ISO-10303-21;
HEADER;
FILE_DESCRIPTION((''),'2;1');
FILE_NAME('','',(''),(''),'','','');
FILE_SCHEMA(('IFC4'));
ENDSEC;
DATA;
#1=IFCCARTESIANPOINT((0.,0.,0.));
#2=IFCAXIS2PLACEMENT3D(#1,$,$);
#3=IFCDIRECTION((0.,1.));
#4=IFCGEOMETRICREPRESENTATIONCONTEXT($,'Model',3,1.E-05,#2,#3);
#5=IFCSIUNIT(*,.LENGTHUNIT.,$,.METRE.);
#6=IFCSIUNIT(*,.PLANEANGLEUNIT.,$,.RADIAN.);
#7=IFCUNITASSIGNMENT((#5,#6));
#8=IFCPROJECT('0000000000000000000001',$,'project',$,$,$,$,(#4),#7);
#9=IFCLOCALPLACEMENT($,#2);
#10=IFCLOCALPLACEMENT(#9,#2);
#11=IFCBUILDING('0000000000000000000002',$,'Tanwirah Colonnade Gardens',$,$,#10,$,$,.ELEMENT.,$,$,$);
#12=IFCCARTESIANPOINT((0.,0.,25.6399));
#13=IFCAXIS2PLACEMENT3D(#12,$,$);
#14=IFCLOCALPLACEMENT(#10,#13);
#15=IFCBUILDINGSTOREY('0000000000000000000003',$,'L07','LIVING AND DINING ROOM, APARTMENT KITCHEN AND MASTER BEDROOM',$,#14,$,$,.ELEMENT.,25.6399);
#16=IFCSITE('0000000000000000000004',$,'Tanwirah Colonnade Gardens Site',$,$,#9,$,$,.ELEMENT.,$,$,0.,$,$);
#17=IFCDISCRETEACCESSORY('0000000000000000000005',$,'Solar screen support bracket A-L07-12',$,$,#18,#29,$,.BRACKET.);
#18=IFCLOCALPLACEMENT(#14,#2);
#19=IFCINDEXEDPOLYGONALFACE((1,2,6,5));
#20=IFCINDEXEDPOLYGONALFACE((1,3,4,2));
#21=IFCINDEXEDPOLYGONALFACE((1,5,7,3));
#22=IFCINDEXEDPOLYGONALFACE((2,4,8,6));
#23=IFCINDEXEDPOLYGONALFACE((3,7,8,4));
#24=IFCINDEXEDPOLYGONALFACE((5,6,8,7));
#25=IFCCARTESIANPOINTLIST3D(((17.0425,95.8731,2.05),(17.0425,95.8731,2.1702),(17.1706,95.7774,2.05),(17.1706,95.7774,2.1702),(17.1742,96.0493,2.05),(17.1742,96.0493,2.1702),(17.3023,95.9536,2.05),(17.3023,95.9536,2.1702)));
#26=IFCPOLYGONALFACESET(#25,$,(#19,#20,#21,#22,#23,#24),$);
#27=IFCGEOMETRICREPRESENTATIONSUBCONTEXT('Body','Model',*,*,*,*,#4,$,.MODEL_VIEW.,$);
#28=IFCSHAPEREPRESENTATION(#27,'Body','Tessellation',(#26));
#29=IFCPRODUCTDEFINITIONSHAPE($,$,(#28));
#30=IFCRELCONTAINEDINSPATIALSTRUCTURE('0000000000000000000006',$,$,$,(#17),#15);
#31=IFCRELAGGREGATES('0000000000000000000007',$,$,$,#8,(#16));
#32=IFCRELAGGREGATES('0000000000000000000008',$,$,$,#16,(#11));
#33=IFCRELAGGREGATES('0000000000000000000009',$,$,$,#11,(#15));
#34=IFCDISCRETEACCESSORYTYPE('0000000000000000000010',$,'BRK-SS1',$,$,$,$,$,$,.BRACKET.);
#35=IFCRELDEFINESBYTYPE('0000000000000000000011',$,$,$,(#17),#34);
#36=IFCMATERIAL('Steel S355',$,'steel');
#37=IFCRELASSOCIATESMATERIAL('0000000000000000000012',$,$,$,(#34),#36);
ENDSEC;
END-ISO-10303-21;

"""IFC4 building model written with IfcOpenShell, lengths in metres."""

from ifc_helpers import new_model, si_unit, direction, frame, origin, origin_2d, place, context, subcontext, project, spatial, rectangle, extrude, material, type_object, element, save


model = new_model("IFC4")

# Units and contexts
model_context = context("Model", 3, precision=1e-05, world=origin(), true_north=direction((0.0, 1.0)))
body_context = subcontext(model_context, "Body", "Model", "MODEL_VIEW")
ifc_project = project(units=[si_unit("LENGTHUNIT", "METRE"), si_unit("PLANEANGLEUNIT", "RADIAN")], contexts=[model_context])

# Site, building, storey
site_placement = place(None, origin())
site = spatial("IfcSite", under=ifc_project, at=site_placement, Name="Tanwirah Colonnade Gardens Site", CompositionType="ELEMENT", RefElevation=0.0)
building_placement = place(site_placement, origin())
building = spatial("IfcBuilding", under=site, at=building_placement, Name="Tanwirah Colonnade Gardens", CompositionType="ELEMENT")
storey_placement = place(building_placement, frame((0.0, 0.0, 25.6399)))
storey = spatial("IfcBuildingStorey", under=building, at=storey_placement, Name="L07", Description="LIVING AND DINING ROOM, APARTMENT KITCHEN AND MASTER BEDROOM", CompositionType="ELEMENT", Elevation=25.6399)

# Discrete accessory
ifc_material_1 = material(Name="Steel S355", Category="steel")
discrete_accessory_type = type_object("IfcDiscreteAccessoryType", Name="BRK-SS1", PredefinedType="BRACKET", material=ifc_material_1)
for number, where, z_axis, x_axis, name in (
    (1, (17.1724, 95.9133, 2.05), (0.0, 0.0, 1.0), (-0.598715, -0.800963, 0.0), "Solar screen support bracket A-L07-12"),
):
    element("IfcDiscreteAccessory", number, at=place(storey_placement, frame(where, z_axis=z_axis, x_axis=x_axis)), inside=storey, type_object=discrete_accessory_type, Name=name, PredefinedType="BRACKET", context=body_context, shape_type="SweptSolid", body=[
        extrude(rectangle(XDim=0.22, YDim=0.1599, at=origin_2d()), origin(), (0.0, 0.0, 1.0), 0.1201),
    ])

save(model, "model.ifc")
